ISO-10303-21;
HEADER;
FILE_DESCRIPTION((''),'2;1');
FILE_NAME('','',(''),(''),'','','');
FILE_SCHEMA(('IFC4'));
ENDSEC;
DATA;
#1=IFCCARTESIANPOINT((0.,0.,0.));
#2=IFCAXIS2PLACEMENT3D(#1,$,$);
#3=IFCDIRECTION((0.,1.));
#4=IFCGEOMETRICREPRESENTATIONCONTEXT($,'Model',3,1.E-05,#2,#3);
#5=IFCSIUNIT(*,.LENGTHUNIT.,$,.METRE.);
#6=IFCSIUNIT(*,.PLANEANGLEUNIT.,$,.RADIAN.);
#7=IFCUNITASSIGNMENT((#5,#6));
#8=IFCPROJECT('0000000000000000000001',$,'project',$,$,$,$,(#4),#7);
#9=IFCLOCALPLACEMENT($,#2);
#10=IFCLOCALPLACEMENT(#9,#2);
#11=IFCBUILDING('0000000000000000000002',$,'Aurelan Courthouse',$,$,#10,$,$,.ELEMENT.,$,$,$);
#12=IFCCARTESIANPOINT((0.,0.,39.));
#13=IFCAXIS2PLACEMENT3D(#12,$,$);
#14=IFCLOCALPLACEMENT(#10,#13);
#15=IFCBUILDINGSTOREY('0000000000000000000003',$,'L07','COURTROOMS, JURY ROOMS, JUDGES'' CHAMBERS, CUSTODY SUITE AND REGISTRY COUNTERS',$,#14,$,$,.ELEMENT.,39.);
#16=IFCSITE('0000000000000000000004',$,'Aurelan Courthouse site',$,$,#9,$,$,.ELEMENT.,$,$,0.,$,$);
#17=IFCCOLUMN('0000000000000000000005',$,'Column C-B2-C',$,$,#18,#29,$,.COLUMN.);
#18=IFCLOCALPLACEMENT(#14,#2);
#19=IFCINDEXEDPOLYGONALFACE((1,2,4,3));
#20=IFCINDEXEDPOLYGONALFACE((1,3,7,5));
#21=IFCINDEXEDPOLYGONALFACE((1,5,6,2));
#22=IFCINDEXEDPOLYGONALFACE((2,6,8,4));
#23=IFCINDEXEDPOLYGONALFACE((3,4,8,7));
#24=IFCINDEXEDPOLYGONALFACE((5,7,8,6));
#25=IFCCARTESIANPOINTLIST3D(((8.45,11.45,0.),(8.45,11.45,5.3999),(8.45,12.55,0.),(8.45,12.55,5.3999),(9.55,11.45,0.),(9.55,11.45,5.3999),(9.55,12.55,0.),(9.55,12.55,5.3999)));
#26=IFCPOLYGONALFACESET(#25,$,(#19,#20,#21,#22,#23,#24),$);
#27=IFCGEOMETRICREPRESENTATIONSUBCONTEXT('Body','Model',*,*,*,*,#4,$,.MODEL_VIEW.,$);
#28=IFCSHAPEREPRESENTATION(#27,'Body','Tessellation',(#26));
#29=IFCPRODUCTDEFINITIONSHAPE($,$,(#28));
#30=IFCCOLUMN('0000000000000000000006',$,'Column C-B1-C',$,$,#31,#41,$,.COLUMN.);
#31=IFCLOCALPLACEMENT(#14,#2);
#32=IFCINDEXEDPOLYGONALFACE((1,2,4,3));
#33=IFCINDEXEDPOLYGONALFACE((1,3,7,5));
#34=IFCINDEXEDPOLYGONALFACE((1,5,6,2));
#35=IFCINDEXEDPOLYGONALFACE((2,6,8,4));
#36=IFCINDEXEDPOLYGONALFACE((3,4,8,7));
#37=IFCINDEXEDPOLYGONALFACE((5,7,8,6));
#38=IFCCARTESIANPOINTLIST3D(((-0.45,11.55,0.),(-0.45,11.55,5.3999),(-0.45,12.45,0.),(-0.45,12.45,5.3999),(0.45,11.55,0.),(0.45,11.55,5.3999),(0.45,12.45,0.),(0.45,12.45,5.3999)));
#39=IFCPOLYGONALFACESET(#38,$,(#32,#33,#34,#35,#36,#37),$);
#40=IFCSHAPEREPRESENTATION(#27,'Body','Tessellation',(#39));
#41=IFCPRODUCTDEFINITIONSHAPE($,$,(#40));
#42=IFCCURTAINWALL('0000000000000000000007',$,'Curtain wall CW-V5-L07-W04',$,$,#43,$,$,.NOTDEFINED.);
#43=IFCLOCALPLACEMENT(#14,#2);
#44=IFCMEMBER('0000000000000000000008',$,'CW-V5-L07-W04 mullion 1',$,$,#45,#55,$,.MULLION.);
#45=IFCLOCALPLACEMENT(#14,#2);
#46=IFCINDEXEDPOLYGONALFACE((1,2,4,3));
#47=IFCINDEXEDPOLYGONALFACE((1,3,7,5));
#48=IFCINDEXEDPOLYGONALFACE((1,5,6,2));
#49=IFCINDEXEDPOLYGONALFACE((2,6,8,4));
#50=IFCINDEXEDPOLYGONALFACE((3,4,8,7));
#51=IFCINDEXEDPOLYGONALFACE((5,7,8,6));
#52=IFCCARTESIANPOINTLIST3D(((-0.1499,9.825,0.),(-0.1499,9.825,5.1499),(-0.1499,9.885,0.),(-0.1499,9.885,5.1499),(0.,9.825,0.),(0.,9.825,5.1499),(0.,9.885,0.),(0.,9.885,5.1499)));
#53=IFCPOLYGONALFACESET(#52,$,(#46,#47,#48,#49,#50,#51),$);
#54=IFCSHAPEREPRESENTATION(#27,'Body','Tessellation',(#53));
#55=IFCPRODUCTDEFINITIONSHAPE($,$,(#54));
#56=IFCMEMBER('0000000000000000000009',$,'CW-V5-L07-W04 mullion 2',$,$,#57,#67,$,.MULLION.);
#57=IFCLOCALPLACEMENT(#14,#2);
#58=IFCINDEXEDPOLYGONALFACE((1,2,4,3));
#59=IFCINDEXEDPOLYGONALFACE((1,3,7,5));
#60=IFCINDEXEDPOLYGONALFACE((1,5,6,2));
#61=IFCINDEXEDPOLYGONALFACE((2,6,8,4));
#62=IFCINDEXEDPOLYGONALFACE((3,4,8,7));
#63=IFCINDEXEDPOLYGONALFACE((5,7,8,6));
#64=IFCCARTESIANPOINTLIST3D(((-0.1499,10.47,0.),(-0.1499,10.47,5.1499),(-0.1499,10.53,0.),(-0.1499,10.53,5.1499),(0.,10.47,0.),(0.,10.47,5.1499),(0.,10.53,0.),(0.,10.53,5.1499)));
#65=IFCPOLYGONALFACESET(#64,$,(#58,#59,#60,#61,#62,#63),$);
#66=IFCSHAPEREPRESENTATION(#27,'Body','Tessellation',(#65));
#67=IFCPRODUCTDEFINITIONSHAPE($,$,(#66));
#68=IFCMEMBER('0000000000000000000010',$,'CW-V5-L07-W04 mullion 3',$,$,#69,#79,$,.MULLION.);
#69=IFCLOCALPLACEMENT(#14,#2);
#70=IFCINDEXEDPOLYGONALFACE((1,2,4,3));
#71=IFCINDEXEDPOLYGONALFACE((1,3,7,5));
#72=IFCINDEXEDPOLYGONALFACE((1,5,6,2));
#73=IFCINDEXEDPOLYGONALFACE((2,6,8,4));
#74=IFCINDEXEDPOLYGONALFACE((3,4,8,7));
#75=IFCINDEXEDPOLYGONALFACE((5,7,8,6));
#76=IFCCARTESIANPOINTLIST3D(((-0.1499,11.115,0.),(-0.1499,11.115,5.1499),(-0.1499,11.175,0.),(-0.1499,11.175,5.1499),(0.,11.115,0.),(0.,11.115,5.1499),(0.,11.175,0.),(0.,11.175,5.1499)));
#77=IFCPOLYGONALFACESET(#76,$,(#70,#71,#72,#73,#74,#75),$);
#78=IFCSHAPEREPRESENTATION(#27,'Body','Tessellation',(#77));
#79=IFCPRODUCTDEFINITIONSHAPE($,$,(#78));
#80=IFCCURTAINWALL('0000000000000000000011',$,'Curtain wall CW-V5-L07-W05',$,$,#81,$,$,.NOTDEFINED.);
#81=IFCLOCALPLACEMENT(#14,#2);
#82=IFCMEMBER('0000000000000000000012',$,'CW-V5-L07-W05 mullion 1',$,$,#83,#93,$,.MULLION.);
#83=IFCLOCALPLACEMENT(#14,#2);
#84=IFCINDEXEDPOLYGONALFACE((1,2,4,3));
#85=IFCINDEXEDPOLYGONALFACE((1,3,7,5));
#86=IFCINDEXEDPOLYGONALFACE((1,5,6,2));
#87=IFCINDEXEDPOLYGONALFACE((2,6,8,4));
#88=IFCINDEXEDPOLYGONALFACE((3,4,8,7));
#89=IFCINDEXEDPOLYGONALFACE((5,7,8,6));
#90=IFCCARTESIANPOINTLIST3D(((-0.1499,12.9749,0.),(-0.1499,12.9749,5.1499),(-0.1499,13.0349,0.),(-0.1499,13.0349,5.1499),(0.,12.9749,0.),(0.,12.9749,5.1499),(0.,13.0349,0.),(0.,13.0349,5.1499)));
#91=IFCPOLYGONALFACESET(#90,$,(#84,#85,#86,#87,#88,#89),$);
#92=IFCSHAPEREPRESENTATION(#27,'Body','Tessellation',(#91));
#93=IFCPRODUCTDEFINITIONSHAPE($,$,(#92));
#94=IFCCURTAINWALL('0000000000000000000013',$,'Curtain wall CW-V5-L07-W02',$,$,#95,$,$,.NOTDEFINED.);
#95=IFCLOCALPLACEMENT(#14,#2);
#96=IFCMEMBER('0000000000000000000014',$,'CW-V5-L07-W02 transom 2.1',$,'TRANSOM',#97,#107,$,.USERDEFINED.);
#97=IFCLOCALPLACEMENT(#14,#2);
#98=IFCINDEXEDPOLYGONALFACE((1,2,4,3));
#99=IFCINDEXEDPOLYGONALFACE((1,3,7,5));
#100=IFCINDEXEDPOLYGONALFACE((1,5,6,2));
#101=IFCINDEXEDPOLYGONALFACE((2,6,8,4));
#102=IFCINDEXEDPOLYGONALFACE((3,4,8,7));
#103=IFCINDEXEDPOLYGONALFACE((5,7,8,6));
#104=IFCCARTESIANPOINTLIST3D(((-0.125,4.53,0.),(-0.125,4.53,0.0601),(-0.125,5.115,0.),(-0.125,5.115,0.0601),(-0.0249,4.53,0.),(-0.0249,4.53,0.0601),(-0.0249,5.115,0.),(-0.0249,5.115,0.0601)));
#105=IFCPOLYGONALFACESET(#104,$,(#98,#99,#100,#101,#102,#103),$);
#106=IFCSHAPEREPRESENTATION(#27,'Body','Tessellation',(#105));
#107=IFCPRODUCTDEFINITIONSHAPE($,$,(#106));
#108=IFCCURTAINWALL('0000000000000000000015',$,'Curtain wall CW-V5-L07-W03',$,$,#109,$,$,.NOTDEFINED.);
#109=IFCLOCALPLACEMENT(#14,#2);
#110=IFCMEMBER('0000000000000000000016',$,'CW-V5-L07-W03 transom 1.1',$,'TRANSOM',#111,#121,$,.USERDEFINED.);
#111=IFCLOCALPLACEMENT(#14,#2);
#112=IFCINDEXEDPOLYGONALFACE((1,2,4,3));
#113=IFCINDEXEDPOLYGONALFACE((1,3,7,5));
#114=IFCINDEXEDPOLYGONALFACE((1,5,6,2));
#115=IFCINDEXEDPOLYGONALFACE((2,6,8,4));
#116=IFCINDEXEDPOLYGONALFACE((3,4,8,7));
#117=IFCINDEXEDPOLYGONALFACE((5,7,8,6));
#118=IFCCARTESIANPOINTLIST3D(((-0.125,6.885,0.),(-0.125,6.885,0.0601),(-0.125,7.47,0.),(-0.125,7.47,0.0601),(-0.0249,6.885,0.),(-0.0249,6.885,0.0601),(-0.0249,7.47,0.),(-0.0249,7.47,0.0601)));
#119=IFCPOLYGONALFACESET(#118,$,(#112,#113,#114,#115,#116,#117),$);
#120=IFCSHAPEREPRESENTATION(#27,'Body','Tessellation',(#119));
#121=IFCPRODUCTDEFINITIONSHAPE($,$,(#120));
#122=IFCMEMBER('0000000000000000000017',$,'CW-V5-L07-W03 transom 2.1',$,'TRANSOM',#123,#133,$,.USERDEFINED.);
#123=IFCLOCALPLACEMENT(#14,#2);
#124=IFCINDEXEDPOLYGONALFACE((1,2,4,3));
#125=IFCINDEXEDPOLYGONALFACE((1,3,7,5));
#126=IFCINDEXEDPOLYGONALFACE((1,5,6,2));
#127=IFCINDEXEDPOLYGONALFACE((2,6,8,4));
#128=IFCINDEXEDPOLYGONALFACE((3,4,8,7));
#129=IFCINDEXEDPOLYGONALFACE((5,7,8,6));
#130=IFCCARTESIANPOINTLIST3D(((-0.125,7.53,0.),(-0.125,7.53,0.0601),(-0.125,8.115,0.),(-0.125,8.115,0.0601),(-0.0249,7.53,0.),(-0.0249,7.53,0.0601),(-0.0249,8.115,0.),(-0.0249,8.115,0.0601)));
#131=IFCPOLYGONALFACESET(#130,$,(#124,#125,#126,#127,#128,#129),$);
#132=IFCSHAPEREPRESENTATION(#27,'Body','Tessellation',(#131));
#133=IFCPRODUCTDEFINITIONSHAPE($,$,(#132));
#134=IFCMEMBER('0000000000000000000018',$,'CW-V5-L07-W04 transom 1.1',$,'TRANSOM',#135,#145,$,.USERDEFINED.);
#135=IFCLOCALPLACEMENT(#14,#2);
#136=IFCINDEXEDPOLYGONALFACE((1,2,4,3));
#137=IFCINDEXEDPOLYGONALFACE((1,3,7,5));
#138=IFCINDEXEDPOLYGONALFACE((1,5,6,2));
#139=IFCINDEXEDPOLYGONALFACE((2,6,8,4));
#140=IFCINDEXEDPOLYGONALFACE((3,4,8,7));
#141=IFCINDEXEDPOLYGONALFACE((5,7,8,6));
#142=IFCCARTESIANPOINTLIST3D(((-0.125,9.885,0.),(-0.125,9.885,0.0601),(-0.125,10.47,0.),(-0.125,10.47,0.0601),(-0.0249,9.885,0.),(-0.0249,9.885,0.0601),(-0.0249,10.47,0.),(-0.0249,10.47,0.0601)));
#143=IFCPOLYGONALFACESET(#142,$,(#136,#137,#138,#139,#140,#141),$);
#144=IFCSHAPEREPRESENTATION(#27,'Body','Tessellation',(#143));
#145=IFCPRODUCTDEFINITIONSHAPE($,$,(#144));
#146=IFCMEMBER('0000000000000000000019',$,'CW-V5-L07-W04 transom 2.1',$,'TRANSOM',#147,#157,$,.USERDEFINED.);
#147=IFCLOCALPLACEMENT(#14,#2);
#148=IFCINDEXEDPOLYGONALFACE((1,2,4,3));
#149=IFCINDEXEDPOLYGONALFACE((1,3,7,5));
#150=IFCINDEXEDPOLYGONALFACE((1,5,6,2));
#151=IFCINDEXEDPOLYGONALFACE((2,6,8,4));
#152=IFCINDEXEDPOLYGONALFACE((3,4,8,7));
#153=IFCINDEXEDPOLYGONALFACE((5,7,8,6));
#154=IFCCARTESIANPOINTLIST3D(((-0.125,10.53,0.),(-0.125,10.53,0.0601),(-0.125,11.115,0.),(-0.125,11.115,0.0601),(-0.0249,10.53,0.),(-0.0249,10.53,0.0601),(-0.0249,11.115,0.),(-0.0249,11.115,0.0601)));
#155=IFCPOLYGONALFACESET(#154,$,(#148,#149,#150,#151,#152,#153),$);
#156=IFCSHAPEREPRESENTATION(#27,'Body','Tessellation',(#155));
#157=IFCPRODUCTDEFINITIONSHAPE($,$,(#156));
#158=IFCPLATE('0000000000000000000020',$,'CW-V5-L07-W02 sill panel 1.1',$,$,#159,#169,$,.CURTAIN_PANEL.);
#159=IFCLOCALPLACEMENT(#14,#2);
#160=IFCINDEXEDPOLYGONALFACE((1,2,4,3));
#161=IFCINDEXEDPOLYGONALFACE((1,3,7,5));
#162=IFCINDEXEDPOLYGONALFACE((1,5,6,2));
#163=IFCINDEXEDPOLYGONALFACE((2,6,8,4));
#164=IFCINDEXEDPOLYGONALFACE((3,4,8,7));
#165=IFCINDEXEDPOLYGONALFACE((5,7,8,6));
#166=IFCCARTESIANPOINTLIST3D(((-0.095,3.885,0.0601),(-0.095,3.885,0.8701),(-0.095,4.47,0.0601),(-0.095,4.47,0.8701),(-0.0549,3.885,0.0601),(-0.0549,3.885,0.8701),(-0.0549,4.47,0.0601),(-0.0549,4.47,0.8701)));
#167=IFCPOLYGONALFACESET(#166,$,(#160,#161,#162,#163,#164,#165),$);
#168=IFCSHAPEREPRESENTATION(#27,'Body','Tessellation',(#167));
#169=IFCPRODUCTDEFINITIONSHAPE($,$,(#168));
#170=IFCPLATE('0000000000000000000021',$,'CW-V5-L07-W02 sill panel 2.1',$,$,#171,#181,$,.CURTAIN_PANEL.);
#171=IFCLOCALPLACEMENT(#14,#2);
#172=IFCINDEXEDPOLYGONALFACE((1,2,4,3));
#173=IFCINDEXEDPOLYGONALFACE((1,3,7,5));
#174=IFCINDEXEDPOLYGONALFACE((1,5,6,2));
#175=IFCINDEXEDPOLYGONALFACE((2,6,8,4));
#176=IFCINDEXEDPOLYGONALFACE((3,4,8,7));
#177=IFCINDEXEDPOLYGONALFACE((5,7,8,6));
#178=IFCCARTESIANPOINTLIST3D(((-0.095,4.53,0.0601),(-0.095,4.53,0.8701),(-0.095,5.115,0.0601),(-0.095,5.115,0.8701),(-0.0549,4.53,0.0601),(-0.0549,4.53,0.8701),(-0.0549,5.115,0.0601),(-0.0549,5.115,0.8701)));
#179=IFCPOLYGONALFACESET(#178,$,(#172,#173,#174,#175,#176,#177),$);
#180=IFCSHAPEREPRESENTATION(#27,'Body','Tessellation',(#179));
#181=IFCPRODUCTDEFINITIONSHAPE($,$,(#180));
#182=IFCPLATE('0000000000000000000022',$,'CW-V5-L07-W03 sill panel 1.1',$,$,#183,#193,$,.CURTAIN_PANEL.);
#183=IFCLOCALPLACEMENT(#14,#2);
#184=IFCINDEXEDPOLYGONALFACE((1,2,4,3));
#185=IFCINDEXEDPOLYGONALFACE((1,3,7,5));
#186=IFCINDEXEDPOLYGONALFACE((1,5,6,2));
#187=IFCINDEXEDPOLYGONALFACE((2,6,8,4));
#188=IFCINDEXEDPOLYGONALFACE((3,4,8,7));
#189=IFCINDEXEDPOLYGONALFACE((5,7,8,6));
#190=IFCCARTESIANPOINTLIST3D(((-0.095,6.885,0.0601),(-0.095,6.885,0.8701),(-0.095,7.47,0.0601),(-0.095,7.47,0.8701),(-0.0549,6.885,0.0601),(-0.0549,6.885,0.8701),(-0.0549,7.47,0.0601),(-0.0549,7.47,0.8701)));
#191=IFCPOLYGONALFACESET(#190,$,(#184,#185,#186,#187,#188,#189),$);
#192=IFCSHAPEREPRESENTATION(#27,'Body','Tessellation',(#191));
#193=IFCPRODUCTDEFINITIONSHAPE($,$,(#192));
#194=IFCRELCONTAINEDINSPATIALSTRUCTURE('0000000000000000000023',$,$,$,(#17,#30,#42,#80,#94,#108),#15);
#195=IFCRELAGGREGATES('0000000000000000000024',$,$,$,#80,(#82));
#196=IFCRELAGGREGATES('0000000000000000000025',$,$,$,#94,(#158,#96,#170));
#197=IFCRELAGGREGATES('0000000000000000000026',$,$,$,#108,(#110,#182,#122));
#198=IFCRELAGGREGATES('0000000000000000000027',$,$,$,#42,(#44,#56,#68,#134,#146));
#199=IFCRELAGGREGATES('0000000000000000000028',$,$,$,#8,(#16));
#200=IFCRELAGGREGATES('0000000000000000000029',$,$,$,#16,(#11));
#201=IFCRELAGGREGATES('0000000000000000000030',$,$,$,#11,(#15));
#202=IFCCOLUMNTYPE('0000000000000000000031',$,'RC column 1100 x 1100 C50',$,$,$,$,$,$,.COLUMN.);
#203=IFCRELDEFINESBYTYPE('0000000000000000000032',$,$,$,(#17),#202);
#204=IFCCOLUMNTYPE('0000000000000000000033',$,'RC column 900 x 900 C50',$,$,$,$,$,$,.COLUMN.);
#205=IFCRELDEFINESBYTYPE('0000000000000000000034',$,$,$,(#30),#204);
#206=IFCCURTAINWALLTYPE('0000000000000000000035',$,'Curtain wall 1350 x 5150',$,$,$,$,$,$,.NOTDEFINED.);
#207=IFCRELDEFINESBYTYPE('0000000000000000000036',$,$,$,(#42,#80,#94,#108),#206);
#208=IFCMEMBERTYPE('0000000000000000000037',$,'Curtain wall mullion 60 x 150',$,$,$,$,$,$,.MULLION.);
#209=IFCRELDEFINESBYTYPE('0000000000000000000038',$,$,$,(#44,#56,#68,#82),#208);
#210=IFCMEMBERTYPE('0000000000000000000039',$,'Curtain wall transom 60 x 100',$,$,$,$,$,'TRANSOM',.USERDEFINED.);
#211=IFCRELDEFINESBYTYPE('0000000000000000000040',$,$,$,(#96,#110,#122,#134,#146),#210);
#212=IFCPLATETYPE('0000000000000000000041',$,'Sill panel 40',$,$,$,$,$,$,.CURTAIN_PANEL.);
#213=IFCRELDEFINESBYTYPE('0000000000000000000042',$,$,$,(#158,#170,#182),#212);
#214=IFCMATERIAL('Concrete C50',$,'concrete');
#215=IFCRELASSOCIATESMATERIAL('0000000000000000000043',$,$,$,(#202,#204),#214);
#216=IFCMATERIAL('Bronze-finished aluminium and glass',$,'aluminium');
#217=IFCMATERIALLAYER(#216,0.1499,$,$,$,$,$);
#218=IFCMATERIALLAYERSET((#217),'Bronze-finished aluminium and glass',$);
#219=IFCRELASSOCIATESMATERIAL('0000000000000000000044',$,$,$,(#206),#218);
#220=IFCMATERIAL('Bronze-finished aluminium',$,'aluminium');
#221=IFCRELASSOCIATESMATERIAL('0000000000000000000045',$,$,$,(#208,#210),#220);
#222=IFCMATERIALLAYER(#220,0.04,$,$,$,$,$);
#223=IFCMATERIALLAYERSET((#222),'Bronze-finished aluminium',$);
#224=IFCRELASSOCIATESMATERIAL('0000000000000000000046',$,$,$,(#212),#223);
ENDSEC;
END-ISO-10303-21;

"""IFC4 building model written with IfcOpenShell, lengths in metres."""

from ifc_helpers import new_model, si_unit, direction, frame, origin, origin_2d, place, context, subcontext, project, spatial, rectangle, extrude, material, layer, layer_set, material_profile, profile_set, type_object, element, aggregate, save


model = new_model("IFC4")

# Units and contexts
model_context = context("Model", 3, precision=1e-05, world=origin(), true_north=direction((0.0, 1.0)))
body_context = subcontext(model_context, "Body", "Model", "MODEL_VIEW")
ifc_project = project(units=[si_unit("LENGTHUNIT", "METRE"), si_unit("PLANEANGLEUNIT", "RADIAN")], contexts=[model_context])

# Site, building, storey
site_placement = place(None, origin())
site = spatial("IfcSite", under=ifc_project, at=site_placement, Name="Aurelan Courthouse site", CompositionType="ELEMENT", RefElevation=0.0)
building_placement = place(site_placement, origin())
building = spatial("IfcBuilding", under=site, at=building_placement, Name="Aurelan Courthouse", CompositionType="ELEMENT")
storey_placement = place(building_placement, frame((0.0, 0.0, 39.0)))
storey = spatial("IfcBuildingStorey", under=building, at=storey_placement, Name="L07", Description="COURTROOMS, JURY ROOMS, JUDGES' CHAMBERS, CUSTODY SUITE AND REGISTRY COUNTERS", CompositionType="ELEMENT", Elevation=39.0)

# Columns
ifc_material_1 = material(Name="Concrete C50", Category="concrete")
ifc_material_profile_1 = material_profile(ifc_material_1, rectangle(XDim=1.1001, YDim=1.1001, at=origin_2d()), Name="RC 1100 x 1100")
ifc_profile_set_1 = profile_set([ifc_material_profile_1], Name="Concrete C50")
column_type_1 = type_object("IfcColumnType", Name="RC column 1100 x 1100 C50", PredefinedType="COLUMN", material=ifc_profile_set_1)
column_1_placement = place(storey_placement, frame((9.0, 12.0, 0.0), z_axis=(0.0, 0.0, 1.0), x_axis=(1.0, 0.0, 0.0)))
element("IfcColumn", 1, at=column_1_placement, inside=storey, type_object=column_type_1, Name="Column C-B2-C", PredefinedType="COLUMN", context=body_context, shape_type="SweptSolid", body=[
    extrude(rectangle(XDim=1.1001, YDim=1.1001, at=origin_2d()), origin(), (0.0, 0.0, 1.0), 5.3999),
])
ifc_material_profile_2 = material_profile(ifc_material_1, rectangle(XDim=0.8999, YDim=0.8999, at=origin_2d()), Name="RC 900 x 900")
ifc_profile_set_2 = profile_set([ifc_material_profile_2], Name="Concrete C50")
column_type_2 = type_object("IfcColumnType", Name="RC column 900 x 900 C50", PredefinedType="COLUMN", material=ifc_profile_set_2)
column_2_placement = place(storey_placement, frame((0.0, 12.0, 0.0), z_axis=(0.0, 0.0, 1.0), x_axis=(1.0, 0.0, 0.0)))
element("IfcColumn", 2, at=column_2_placement, inside=storey, type_object=column_type_2, Name="Column C-B1-C", PredefinedType="COLUMN", context=body_context, shape_type="SweptSolid", body=[
    extrude(rectangle(XDim=0.8999, YDim=0.8999, at=origin_2d()), origin(), (0.0, 0.0, 1.0), 5.3999),
])

# Curtain wall, members
ifc_material_2 = material(Name="Bronze-finished aluminium and glass", Category="aluminium")
ifc_layer_1 = layer(ifc_material_2, 0.1499)
ifc_layer_set_1 = layer_set([ifc_layer_1], Name="Bronze-finished aluminium and glass")
curtain_wall_type = type_object("IfcCurtainWallType", Name="Curtain wall 1350 x 5150", PredefinedType="NOTDEFINED", material=ifc_layer_set_1)
curtain_wall_1_placement = place(storey_placement, origin())
curtain_wall_1 = element("IfcCurtainWall", 3, at=curtain_wall_1_placement, inside=storey, type_object=curtain_wall_type, Name="Curtain wall CW-V5-L07-W04", PredefinedType="NOTDEFINED")
ifc_material_3 = material(Name="Bronze-finished aluminium", Category="aluminium")
ifc_material_profile_3 = material_profile(ifc_material_3, rectangle(XDim=0.1499, YDim=0.0601, at=origin_2d()), Name="Bronze mullion 60 x 150")
ifc_profile_set_3 = profile_set([ifc_material_profile_3], Name="Bronze-finished aluminium")
member_type_1 = type_object("IfcMemberType", Name="Curtain wall mullion 60 x 150", PredefinedType="MULLION", material=ifc_profile_set_3)
member_1_placement = place(storey_placement, frame((-0.075, 9.855, 0.0), z_axis=(0.0, 0.0, 1.0), x_axis=(-1.0, 0.0, 0.0)))
member_1 = element("IfcMember", 4, at=member_1_placement, type_object=member_type_1, Name="CW-V5-L07-W04 mullion 1", PredefinedType="MULLION", context=body_context, shape_type="SweptSolid", body=[
    extrude(rectangle(XDim=0.1499, YDim=0.0601, at=origin_2d()), origin(), (0.0, 0.0, 1.0), 5.1499),
])
member_2_placement = place(storey_placement, frame((-0.075, 10.5, 0.0), z_axis=(0.0, 0.0, 1.0), x_axis=(-1.0, 0.0, 0.0)))
member_2 = element("IfcMember", 5, at=member_2_placement, type_object=member_type_1, Name="CW-V5-L07-W04 mullion 2", PredefinedType="MULLION", context=body_context, shape_type="SweptSolid", body=[
    extrude(rectangle(XDim=0.1499, YDim=0.0601, at=origin_2d()), origin(), (0.0, 0.0, 1.0), 5.1499),
])
member_3_placement = place(storey_placement, frame((-0.075, 11.145, 0.0), z_axis=(0.0, 0.0, 1.0), x_axis=(-1.0, 0.0, 0.0)))
member_3 = element("IfcMember", 6, at=member_3_placement, type_object=member_type_1, Name="CW-V5-L07-W04 mullion 3", PredefinedType="MULLION", context=body_context, shape_type="SweptSolid", body=[
    extrude(rectangle(XDim=0.1499, YDim=0.0601, at=origin_2d()), origin(), (0.0, 0.0, 1.0), 5.1499),
])

# Curtain walls, members
curtain_wall_2_placement = place(storey_placement, origin())
curtain_wall_2 = element("IfcCurtainWall", 7, at=curtain_wall_2_placement, inside=storey, type_object=curtain_wall_type, Name="Curtain wall CW-V5-L07-W05", PredefinedType="NOTDEFINED")
member_4_placement = place(storey_placement, frame((-0.075, 13.0049, 0.0), z_axis=(0.0, 0.0, 1.0), x_axis=(-1.0, 0.0, 0.0)))
member_4 = element("IfcMember", 8, at=member_4_placement, type_object=member_type_1, Name="CW-V5-L07-W05 mullion 1", PredefinedType="MULLION", context=body_context, shape_type="SweptSolid", body=[
    extrude(rectangle(XDim=0.1499, YDim=0.0601, at=origin_2d()), origin(), (0.0, 0.0, 1.0), 5.1499),
])
aggregate(curtain_wall_2, [member_4])
curtain_wall_3_placement = place(storey_placement, origin())
curtain_wall_3 = element("IfcCurtainWall", 9, at=curtain_wall_3_placement, inside=storey, type_object=curtain_wall_type, Name="Curtain wall CW-V5-L07-W02", PredefinedType="NOTDEFINED")
ifc_material_profile_4 = material_profile(ifc_material_3, rectangle(XDim=0.1001, YDim=0.0601, at=origin_2d()), Name="Bronze transom 60 x 100")
ifc_profile_set_4 = profile_set([ifc_material_profile_4], Name="Bronze-finished aluminium")
member_type_2 = type_object("IfcMemberType", Name="Curtain wall transom 60 x 100", ElementType="TRANSOM", PredefinedType="USERDEFINED", material=ifc_profile_set_4)
member_5_placement = place(storey_placement, frame((-0.075, 4.53, 0.03), z_axis=(0.0, 1.0, 0.0), x_axis=(-1.0, 0.0, 0.0)))
member_5 = element("IfcMember", 10, at=member_5_placement, type_object=member_type_2, Name="CW-V5-L07-W02 transom 2.1", ObjectType="TRANSOM", PredefinedType="USERDEFINED", context=body_context, shape_type="SweptSolid", body=[
    extrude(rectangle(XDim=0.1001, YDim=0.0601, at=origin_2d()), origin(), (0.0, 0.0, 1.0), 0.585),
])

# Curtain wall, members
curtain_wall_4_placement = place(storey_placement, origin())
curtain_wall_4 = element("IfcCurtainWall", 11, at=curtain_wall_4_placement, inside=storey, type_object=curtain_wall_type, Name="Curtain wall CW-V5-L07-W03", PredefinedType="NOTDEFINED")
member_6_placement = place(storey_placement, frame((-0.075, 6.885, 0.03), z_axis=(0.0, 1.0, 0.0), x_axis=(-1.0, 0.0, 0.0)))
member_6 = element("IfcMember", 12, at=member_6_placement, type_object=member_type_2, Name="CW-V5-L07-W03 transom 1.1", ObjectType="TRANSOM", PredefinedType="USERDEFINED", context=body_context, shape_type="SweptSolid", body=[
    extrude(rectangle(XDim=0.1001, YDim=0.0601, at=origin_2d()), origin(), (0.0, 0.0, 1.0), 0.585),
])
member_7_placement = place(storey_placement, frame((-0.075, 7.53, 0.03), z_axis=(0.0, 1.0, 0.0), x_axis=(-1.0, 0.0, 0.0)))
member_7 = element("IfcMember", 13, at=member_7_placement, type_object=member_type_2, Name="CW-V5-L07-W03 transom 2.1", ObjectType="TRANSOM", PredefinedType="USERDEFINED", context=body_context, shape_type="SweptSolid", body=[
    extrude(rectangle(XDim=0.1001, YDim=0.0601, at=origin_2d()), origin(), (0.0, 0.0, 1.0), 0.585),
])

# Members
member_8_placement = place(storey_placement, frame((-0.075, 9.885, 0.03), z_axis=(0.0, 1.0, 0.0), x_axis=(-1.0, 0.0, 0.0)))
member_8 = element("IfcMember", 14, at=member_8_placement, type_object=member_type_2, Name="CW-V5-L07-W04 transom 1.1", ObjectType="TRANSOM", PredefinedType="USERDEFINED", context=body_context, shape_type="SweptSolid", body=[
    extrude(rectangle(XDim=0.1001, YDim=0.0601, at=origin_2d()), origin(), (0.0, 0.0, 1.0), 0.585),
])
member_9_placement = place(storey_placement, frame((-0.075, 10.53, 0.03), z_axis=(0.0, 1.0, 0.0), x_axis=(-1.0, 0.0, 0.0)))
member_9 = element("IfcMember", 15, at=member_9_placement, type_object=member_type_2, Name="CW-V5-L07-W04 transom 2.1", ObjectType="TRANSOM", PredefinedType="USERDEFINED", context=body_context, shape_type="SweptSolid", body=[
    extrude(rectangle(XDim=0.1001, YDim=0.0601, at=origin_2d()), origin(), (0.0, 0.0, 1.0), 0.585),
])

# Plates
ifc_layer_2 = layer(ifc_material_3, 0.04)
ifc_layer_set_2 = layer_set([ifc_layer_2], Name="Bronze-finished aluminium")
plate_type = type_object("IfcPlateType", Name="Sill panel 40", PredefinedType="CURTAIN_PANEL", material=ifc_layer_set_2)
plate_1_placement = place(storey_placement, frame((-0.075, 4.1775, 0.0601), z_axis=(0.0, 0.0, 1.0), x_axis=(0.0, 1.0, 0.0)))
plate_1 = element("IfcPlate", 16, at=plate_1_placement, type_object=plate_type, Name="CW-V5-L07-W02 sill panel 1.1", PredefinedType="CURTAIN_PANEL", context=body_context, shape_type="SweptSolid", body=[
    extrude(rectangle(XDim=0.585, YDim=0.04, at=origin_2d()), origin(), (0.0, 0.0, 1.0), 0.8101),
])
plate_2_placement = place(storey_placement, frame((-0.075, 4.8225, 0.0601), z_axis=(0.0, 0.0, 1.0), x_axis=(0.0, 1.0, 0.0)))
plate_2 = element("IfcPlate", 17, at=plate_2_placement, type_object=plate_type, Name="CW-V5-L07-W02 sill panel 2.1", PredefinedType="CURTAIN_PANEL", context=body_context, shape_type="SweptSolid", body=[
    extrude(rectangle(XDim=0.585, YDim=0.04, at=origin_2d()), origin(), (0.0, 0.0, 1.0), 0.8101),
])
aggregate(curtain_wall_3, [plate_1, member_5, plate_2])
plate_3_placement = place(storey_placement, frame((-0.075, 7.1775, 0.0601), z_axis=(0.0, 0.0, 1.0), x_axis=(0.0, 1.0, 0.0)))
plate_3 = element("IfcPlate", 18, at=plate_3_placement, type_object=plate_type, Name="CW-V5-L07-W03 sill panel 1.1", PredefinedType="CURTAIN_PANEL", context=body_context, shape_type="SweptSolid", body=[
    extrude(rectangle(XDim=0.585, YDim=0.04, at=origin_2d()), origin(), (0.0, 0.0, 1.0), 0.8101),
])
aggregate(curtain_wall_4, [member_6, plate_3, member_7])
aggregate(curtain_wall_1, [member_1, member_2, member_3, member_8, member_9])

save(model, "model.ifc")
